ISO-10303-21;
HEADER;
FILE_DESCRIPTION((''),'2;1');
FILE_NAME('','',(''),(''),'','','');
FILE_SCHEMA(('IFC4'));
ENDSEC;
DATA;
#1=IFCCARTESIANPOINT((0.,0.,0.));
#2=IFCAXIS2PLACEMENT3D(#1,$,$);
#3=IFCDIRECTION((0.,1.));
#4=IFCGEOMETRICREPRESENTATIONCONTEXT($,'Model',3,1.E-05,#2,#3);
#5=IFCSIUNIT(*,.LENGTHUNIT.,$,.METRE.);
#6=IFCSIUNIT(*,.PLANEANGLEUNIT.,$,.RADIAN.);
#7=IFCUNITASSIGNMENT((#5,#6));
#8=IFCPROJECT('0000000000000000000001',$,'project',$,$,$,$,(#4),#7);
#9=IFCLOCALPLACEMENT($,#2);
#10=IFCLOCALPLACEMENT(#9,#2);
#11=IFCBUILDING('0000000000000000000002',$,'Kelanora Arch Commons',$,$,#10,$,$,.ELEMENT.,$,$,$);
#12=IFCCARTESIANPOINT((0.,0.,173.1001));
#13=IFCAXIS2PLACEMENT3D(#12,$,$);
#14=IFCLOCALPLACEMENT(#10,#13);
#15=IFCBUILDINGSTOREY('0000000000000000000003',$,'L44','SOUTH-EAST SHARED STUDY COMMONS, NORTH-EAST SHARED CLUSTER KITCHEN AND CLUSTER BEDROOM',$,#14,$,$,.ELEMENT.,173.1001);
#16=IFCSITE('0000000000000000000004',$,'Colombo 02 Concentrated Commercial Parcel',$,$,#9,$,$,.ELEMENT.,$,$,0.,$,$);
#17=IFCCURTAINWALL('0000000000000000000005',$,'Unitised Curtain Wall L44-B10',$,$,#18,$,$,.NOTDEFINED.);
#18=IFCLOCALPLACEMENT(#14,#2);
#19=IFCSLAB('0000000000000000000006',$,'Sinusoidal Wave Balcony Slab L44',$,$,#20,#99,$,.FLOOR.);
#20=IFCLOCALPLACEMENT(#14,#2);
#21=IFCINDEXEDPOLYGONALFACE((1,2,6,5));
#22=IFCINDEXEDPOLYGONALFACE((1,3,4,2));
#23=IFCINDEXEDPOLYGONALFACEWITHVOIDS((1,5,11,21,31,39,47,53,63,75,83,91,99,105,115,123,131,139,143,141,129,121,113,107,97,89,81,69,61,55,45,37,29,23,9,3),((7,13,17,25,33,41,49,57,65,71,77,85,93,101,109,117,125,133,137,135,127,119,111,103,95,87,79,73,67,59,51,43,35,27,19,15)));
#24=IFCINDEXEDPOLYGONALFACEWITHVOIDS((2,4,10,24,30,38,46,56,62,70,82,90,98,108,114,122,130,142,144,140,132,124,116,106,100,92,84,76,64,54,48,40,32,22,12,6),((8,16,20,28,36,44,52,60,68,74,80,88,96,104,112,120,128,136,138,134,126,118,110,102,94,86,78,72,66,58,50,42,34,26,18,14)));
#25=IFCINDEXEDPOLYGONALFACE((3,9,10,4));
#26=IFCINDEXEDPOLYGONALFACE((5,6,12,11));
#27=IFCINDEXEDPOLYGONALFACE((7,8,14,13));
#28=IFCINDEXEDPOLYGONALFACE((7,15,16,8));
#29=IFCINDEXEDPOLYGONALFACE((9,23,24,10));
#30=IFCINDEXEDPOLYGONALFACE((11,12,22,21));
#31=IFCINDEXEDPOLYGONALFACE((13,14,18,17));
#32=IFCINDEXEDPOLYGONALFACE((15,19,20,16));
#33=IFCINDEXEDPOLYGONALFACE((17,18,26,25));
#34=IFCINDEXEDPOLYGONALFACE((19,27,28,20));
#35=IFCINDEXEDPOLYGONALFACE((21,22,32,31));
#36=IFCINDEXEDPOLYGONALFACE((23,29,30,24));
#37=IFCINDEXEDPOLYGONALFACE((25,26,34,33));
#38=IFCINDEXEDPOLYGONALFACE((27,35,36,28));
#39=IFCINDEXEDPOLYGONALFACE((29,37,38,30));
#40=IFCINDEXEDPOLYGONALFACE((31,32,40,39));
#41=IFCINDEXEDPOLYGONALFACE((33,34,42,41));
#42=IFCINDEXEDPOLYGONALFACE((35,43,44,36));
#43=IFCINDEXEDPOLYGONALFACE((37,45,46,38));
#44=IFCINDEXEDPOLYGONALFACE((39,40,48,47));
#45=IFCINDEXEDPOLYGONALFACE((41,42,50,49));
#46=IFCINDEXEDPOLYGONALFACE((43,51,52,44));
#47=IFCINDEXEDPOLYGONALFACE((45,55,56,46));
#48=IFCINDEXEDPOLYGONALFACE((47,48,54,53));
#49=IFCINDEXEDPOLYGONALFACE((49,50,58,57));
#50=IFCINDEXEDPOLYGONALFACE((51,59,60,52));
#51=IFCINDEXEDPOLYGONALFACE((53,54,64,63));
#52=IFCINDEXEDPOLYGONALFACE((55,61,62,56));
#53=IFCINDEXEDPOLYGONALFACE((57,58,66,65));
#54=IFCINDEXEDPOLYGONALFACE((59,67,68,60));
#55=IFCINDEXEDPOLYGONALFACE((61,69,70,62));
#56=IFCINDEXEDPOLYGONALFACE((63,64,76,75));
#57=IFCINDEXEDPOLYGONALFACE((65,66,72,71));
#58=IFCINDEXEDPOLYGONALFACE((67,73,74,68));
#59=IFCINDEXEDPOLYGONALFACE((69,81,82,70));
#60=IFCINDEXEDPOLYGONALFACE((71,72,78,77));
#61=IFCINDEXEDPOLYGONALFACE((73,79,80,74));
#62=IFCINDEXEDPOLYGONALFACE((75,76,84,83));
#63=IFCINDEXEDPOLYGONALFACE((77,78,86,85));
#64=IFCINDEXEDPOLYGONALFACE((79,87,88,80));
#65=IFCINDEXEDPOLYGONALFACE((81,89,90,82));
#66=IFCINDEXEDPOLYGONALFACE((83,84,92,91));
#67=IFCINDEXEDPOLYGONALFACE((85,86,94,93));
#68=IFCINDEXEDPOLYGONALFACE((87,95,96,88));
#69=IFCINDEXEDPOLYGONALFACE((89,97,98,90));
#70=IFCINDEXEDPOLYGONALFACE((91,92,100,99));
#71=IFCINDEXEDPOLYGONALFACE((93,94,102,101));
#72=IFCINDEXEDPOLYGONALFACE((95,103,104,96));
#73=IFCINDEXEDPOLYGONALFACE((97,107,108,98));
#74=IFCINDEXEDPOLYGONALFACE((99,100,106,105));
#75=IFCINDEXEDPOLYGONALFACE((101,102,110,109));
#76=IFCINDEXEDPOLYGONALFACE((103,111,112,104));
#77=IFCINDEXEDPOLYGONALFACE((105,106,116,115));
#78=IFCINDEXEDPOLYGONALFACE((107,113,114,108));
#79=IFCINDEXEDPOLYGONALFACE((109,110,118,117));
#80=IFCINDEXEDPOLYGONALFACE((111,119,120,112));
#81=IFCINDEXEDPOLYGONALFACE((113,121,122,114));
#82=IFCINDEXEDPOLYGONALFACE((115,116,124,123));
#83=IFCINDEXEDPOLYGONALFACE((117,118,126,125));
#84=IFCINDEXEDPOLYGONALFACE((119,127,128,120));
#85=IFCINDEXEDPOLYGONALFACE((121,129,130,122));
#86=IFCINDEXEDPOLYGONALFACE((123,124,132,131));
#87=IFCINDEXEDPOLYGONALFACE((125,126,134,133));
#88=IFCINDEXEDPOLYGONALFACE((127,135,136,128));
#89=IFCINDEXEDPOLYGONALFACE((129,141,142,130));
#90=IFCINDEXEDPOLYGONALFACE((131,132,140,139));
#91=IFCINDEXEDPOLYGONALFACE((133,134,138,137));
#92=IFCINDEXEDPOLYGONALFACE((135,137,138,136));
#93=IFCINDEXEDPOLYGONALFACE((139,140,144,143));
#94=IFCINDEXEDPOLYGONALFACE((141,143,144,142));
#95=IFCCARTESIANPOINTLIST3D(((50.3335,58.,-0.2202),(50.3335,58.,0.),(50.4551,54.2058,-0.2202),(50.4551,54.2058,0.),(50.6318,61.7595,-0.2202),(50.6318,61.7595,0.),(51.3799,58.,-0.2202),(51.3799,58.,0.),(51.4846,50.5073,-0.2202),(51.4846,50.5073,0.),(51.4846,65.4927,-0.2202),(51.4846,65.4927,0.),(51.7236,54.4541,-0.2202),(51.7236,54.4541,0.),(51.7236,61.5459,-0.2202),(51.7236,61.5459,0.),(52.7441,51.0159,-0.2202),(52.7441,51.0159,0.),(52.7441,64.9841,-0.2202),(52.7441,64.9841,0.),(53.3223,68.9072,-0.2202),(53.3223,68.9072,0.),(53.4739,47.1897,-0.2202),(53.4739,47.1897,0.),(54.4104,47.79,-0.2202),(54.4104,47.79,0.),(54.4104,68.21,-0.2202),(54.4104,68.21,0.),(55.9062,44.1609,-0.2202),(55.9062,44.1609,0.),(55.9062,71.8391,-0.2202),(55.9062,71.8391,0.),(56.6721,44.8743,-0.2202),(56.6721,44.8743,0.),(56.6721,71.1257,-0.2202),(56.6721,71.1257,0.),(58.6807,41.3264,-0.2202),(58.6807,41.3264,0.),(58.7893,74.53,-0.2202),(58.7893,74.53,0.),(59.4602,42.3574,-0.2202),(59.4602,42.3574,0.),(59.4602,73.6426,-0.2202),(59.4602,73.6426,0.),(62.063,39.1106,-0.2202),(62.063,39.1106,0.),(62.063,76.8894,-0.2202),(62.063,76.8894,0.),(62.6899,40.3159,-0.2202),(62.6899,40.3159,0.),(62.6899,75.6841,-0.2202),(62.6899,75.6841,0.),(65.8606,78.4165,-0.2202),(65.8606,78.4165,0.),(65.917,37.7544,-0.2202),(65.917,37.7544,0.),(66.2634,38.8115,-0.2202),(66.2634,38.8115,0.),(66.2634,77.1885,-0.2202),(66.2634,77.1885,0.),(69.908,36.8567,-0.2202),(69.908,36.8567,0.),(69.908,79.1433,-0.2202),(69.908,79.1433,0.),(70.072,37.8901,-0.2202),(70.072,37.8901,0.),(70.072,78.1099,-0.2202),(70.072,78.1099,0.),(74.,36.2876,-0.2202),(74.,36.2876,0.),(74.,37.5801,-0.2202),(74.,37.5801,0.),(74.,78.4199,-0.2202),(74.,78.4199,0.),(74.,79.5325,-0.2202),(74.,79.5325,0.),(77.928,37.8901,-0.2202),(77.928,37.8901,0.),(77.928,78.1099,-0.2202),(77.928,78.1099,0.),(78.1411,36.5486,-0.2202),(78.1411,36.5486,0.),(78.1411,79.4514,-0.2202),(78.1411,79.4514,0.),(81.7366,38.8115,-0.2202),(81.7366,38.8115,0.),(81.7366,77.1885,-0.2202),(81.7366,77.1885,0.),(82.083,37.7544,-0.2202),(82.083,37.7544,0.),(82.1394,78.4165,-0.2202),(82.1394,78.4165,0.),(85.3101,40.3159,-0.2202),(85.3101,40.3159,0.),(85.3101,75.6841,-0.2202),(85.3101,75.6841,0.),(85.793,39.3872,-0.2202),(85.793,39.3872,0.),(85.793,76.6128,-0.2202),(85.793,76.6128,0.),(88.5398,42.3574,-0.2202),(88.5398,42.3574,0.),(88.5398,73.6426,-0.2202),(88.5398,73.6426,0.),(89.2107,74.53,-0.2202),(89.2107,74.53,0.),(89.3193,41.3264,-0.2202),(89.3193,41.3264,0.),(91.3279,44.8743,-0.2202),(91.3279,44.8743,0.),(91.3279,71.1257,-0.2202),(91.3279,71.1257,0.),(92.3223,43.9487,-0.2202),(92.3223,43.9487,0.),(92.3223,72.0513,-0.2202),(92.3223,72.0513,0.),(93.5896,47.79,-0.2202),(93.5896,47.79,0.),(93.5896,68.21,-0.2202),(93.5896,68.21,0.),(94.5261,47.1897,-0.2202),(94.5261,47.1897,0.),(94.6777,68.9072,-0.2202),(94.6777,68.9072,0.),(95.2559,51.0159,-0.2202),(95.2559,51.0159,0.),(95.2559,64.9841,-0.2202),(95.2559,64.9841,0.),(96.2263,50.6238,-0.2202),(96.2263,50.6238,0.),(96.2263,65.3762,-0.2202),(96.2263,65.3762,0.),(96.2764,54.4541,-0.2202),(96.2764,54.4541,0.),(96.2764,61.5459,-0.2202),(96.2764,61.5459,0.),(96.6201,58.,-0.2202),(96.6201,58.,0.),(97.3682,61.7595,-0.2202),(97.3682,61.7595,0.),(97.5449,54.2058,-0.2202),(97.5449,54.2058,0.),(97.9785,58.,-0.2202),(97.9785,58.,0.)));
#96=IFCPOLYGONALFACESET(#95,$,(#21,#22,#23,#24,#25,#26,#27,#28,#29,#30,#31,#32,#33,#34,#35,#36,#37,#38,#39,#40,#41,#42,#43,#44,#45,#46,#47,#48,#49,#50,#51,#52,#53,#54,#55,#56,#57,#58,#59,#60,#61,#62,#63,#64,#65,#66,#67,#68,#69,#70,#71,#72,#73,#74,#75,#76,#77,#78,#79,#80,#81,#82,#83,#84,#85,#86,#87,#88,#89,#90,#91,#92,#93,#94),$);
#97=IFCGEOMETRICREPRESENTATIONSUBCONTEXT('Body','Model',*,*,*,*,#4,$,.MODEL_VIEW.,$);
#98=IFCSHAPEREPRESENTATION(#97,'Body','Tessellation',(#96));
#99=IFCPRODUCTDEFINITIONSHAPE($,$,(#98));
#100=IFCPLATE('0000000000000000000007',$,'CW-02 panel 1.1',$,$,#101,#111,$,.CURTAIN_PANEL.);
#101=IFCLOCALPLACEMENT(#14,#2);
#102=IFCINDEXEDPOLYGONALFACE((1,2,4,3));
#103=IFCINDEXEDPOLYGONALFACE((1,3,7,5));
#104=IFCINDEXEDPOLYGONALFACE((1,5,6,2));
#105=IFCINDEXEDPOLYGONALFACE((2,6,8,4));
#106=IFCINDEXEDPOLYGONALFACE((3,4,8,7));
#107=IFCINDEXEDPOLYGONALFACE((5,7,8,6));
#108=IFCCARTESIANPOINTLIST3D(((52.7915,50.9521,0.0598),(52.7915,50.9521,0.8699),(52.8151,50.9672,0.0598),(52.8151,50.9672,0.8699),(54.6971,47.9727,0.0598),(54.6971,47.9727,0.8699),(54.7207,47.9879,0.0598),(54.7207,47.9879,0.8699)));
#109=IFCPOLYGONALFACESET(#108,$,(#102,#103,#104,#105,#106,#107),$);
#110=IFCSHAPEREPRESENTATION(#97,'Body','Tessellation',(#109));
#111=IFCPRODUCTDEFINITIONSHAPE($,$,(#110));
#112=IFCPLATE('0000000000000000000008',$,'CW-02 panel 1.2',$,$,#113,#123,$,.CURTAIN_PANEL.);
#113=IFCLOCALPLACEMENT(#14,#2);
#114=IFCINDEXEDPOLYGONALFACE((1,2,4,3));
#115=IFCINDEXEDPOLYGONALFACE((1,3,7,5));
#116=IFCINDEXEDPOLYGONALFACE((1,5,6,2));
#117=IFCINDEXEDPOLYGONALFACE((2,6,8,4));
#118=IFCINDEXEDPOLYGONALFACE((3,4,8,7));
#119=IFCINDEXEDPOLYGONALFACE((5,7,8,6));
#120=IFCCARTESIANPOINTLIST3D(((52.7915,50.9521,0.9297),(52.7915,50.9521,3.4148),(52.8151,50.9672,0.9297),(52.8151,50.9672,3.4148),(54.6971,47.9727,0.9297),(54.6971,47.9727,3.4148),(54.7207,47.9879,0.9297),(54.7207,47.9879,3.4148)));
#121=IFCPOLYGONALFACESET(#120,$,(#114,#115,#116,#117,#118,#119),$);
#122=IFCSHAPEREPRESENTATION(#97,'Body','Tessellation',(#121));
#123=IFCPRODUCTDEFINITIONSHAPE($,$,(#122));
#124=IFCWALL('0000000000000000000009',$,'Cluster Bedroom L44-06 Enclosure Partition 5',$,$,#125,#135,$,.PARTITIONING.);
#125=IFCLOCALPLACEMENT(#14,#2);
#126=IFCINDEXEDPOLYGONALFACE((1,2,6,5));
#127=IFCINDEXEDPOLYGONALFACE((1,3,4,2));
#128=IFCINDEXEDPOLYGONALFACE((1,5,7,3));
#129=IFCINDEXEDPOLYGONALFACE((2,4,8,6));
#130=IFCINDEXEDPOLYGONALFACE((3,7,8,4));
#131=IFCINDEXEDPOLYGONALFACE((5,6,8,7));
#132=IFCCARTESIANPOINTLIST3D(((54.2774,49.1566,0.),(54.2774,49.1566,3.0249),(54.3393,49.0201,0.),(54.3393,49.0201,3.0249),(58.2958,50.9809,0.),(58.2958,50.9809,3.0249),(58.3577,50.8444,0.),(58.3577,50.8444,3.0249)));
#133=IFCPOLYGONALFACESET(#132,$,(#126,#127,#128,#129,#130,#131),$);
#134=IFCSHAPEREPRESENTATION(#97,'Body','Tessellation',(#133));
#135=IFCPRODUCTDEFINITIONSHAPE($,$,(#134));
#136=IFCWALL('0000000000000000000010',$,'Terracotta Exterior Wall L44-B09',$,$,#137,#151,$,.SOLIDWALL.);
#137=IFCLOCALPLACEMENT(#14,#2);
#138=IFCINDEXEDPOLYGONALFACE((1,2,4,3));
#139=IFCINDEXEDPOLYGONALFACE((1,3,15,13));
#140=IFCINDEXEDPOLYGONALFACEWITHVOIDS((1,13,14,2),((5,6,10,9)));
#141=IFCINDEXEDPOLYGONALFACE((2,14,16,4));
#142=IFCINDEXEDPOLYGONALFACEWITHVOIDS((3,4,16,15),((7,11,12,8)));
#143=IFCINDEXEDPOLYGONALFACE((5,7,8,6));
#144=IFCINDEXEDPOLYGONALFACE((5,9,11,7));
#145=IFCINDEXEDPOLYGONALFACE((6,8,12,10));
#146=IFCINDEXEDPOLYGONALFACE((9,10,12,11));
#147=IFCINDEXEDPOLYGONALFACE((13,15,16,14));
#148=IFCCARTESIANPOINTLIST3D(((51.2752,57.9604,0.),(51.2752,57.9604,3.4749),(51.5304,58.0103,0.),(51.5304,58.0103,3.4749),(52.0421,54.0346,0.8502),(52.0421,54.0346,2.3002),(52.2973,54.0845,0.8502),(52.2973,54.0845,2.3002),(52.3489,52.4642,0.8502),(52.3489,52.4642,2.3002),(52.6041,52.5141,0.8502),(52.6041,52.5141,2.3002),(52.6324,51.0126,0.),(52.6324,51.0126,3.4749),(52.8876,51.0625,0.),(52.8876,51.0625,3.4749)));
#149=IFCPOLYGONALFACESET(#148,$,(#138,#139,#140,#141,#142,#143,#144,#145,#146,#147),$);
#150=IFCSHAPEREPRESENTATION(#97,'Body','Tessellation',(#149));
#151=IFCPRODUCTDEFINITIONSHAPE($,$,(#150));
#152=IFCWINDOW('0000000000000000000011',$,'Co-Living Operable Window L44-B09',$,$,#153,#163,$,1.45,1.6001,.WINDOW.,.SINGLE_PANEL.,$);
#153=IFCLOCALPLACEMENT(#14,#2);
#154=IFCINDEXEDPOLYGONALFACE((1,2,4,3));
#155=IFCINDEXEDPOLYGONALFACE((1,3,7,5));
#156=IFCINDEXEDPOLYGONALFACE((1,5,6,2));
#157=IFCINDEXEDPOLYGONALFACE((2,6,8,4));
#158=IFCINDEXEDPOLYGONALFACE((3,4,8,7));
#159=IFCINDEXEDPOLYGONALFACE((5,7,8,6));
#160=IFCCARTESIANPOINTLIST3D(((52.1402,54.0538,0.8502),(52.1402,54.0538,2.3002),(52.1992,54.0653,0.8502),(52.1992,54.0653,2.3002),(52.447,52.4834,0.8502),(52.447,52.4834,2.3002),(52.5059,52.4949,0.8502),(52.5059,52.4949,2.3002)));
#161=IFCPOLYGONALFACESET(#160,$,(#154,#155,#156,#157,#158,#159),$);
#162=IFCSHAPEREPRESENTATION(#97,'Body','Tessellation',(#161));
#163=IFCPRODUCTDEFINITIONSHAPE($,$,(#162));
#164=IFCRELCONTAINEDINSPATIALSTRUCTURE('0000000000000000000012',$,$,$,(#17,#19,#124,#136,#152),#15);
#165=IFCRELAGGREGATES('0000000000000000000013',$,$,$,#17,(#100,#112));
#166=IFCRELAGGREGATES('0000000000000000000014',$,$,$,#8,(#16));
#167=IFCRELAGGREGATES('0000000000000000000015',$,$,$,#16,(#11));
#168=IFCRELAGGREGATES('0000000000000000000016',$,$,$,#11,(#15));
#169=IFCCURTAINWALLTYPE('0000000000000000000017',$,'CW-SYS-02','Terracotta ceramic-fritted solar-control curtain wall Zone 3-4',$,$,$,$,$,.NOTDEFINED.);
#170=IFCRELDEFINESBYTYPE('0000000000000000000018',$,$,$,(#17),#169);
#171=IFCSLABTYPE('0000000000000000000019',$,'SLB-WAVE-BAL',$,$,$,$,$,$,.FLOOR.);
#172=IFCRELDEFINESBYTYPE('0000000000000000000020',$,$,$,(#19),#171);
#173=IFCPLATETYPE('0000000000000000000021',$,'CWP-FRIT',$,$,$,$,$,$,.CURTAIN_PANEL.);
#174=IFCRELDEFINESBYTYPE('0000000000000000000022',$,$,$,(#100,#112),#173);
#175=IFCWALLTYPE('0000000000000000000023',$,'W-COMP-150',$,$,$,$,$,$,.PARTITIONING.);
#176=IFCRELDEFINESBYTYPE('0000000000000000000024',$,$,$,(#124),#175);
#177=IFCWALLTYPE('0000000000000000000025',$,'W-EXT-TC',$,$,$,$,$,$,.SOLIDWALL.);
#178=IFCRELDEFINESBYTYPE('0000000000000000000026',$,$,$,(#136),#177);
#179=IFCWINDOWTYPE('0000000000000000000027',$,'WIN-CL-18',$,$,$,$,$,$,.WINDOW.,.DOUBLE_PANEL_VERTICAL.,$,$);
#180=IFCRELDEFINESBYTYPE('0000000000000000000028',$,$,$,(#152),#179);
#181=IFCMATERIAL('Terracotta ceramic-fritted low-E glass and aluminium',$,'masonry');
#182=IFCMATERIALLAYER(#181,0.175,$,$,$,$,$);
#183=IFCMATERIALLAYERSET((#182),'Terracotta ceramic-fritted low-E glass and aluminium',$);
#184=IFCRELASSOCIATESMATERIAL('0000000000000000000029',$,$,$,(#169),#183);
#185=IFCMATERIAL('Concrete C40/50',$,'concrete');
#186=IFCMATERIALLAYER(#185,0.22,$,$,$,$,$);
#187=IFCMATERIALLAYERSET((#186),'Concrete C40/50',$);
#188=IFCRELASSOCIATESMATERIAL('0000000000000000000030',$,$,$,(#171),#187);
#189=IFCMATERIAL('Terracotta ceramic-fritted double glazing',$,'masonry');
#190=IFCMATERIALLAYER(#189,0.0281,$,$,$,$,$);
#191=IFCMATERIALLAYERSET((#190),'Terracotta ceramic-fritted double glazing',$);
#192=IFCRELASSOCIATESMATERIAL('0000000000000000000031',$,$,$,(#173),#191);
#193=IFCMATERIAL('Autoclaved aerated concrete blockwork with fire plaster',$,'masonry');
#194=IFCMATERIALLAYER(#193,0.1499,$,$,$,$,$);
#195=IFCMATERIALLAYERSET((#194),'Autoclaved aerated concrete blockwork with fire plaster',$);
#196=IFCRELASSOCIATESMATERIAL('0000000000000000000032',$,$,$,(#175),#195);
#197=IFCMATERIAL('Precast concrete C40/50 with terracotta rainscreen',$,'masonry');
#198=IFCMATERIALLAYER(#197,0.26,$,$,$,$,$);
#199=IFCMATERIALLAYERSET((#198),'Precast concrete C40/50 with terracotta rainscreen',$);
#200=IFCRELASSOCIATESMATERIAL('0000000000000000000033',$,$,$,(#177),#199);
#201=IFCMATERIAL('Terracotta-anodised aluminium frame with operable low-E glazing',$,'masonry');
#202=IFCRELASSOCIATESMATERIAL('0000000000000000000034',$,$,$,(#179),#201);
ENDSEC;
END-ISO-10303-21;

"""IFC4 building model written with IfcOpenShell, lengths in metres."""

from ifc_helpers import new_model, si_unit, direction, frame, frame_2d, origin, origin_2d, place, context, subcontext, project, spatial, polyline, rectangle, outline, extrude, source, transform, mapped, material, layer, layer_set, type_object, element, fill, aggregate, save


model = new_model("IFC4")

# Units and contexts
model_context = context("Model", 3, precision=1e-05, world=origin(), true_north=direction((0.0, 1.0)))
body_context = subcontext(model_context, "Body", "Model", "MODEL_VIEW")
ifc_project = project(units=[si_unit("LENGTHUNIT", "METRE"), si_unit("PLANEANGLEUNIT", "RADIAN")], contexts=[model_context])

# Site, building, storey
site_placement = place(None, origin())
site = spatial("IfcSite", under=ifc_project, at=site_placement, Name="Colombo 02 Concentrated Commercial Parcel", CompositionType="ELEMENT", RefElevation=0.0)
building_placement = place(site_placement, origin())
building = spatial("IfcBuilding", under=site, at=building_placement, Name="Kelanora Arch Commons", CompositionType="ELEMENT")
storey_placement = place(building_placement, frame((0.0, 0.0, 173.1001)))
storey = spatial("IfcBuildingStorey", under=building, at=storey_placement, Name="L44", Description="SOUTH-EAST SHARED STUDY COMMONS, NORTH-EAST SHARED CLUSTER KITCHEN AND CLUSTER BEDROOM", CompositionType="ELEMENT", Elevation=173.1001)

# Shared definitions
ifc_material_1 = material(Name="Terracotta ceramic-fritted low-E glass and aluminium", Category="masonry")
ifc_layer_1 = layer(ifc_material_1, 0.175)
ifc_layer_set_1 = layer_set([ifc_layer_1], Name="Terracotta ceramic-fritted low-E glass and aluminium")
curtain_wall_type = type_object("IfcCurtainWallType", Name="CW-SYS-02", Description="Terracotta ceramic-fritted solar-control curtain wall Zone 3-4", PredefinedType="NOTDEFINED", material=ifc_layer_set_1)

# Curtain wall
curtain_wall_1_placement = place(storey_placement, origin())
curtain_wall_1 = element("IfcCurtainWall", 1, at=curtain_wall_1_placement, inside=storey, type_object=curtain_wall_type, Name="Unitised Curtain Wall L44-B10", PredefinedType="NOTDEFINED")

# Shared definitions
ifc_material_2 = material(Name="Concrete C40/50", Category="concrete")

# Slab
ifc_layer_2 = layer(ifc_material_2, 0.22)
ifc_layer_set_2 = layer_set([ifc_layer_2], Name="Concrete C40/50")
slab_type_1 = type_object("IfcSlabType", Name="SLB-WAVE-BAL", PredefinedType="FLOOR", material=ifc_layer_set_2)
slab_1_placement = place(storey_placement, frame((0.0, 0.0, -0.2202)))
element("IfcSlab", 2, at=slab_1_placement, inside=storey, type_object=slab_type_1, Name="Sinusoidal Wave Balcony Slab L44", PredefinedType="FLOOR", context=body_context, shape_type="SweptSolid", body=[
    extrude(outline(polyline([(97.9785, 58.0), (97.3682, 61.7595), (96.2263, 65.3762), (94.6777, 68.9072), (92.3223, 72.0513), (89.2107, 74.53), (85.793, 76.6128), (82.1394, 78.4165), (78.1411, 79.4514), (74.0, 79.5325), (69.908, 79.1433), (65.8606, 78.4165), (62.063, 76.8894), (58.7893, 74.53), (55.9062, 71.8391), (53.3223, 68.9072), (51.4846, 65.4927), (50.6318, 61.7595), (50.3335, 58.0), (50.4551, 54.2058), (51.4846, 50.5073), (53.4739, 47.1897), (55.9062, 44.1609), (58.6807, 41.3264), (62.063, 39.1106), (65.917, 37.7544), (69.908, 36.8567), (74.0, 36.2876), (78.1411, 36.5486), (82.083, 37.7544), (85.793, 39.3872), (89.3193, 41.3264), (92.3223, 43.9487), (94.5261, 47.1897), (96.2263, 50.6238), (97.5449, 54.2058), (97.9785, 58.0)]), holes=[polyline([(96.2764, 54.4541), (95.2559, 51.0159), (93.5896, 47.79), (91.3279, 44.8743), (88.5398, 42.3574), (85.3101, 40.3159), (81.7366, 38.8115), (77.928, 37.8901), (74.0, 37.5801), (70.072, 37.8901), (66.2634, 38.8115), (62.6899, 40.3159), (59.4602, 42.3574), (56.6721, 44.8743), (54.4104, 47.79), (52.7441, 51.0159), (51.7236, 54.4541), (51.3799, 58.0), (51.7236, 61.5459), (52.7441, 64.9841), (54.4104, 68.21), (56.6721, 71.1257), (59.4602, 73.6426), (62.6899, 75.6841), (66.2634, 77.1885), (70.072, 78.1099), (74.0, 78.4199), (77.928, 78.1099), (81.7366, 77.1885), (85.3101, 75.6841), (88.5398, 73.6426), (91.3279, 71.1257), (93.5896, 68.21), (95.2559, 64.9841), (96.2764, 61.5459), (96.6201, 58.0), (96.2764, 54.4541)])]), origin(), (0.0, 0.0, 1.0), 0.2202),
])

# Plates
ifc_material_3 = material(Name="Terracotta ceramic-fritted double glazing", Category="masonry")
ifc_layer_3 = layer(ifc_material_3, 0.0281)
ifc_layer_set_3 = layer_set([ifc_layer_3], Name="Terracotta ceramic-fritted double glazing")
plate_type = type_object("IfcPlateType", Name="CWP-FRIT", PredefinedType="CURTAIN_PANEL", material=ifc_layer_set_3)
shared_shape_1 = source(origin(), body_context, "Body", "SweptSolid", [
    extrude(rectangle(XDim=3.5366, YDim=0.0281, at=origin_2d()), origin(), (0.0, 0.0, 1.0), 0.8101),
])
plate_1_placement = place(storey_placement, frame((53.7561, 49.47, 0.0598), z_axis=(0.0, 0.0, 1.0), x_axis=(0.538817, -0.842423, 0.0)))
plate_1 = element("IfcPlate", 3, at=plate_1_placement, type_object=plate_type, Name="CW-02 panel 1.1", PredefinedType="CURTAIN_PANEL", context=body_context, shape_type="MappedRepresentation", body=[
    mapped(shared_shape_1, transform((0.0, 0.0, 0.0), scale=1.0)),
])
shared_shape_2 = source(origin(), body_context, "Body", "SweptSolid", [
    extrude(rectangle(XDim=3.5366, YDim=0.0281, at=origin_2d()), origin(), (0.0, 0.0, 1.0), 2.4851),
])
plate_2_placement = place(storey_placement, frame((53.7561, 49.47, 0.9297), z_axis=(0.0, 0.0, 1.0), x_axis=(0.538817, -0.842423, 0.0)))
plate_2 = element("IfcPlate", 4, at=plate_2_placement, type_object=plate_type, Name="CW-02 panel 1.2", PredefinedType="CURTAIN_PANEL", context=body_context, shape_type="MappedRepresentation", body=[
    mapped(shared_shape_2, transform((0.0, 0.0, 0.0), scale=1.0)),
])
aggregate(curtain_wall_1, [plate_1, plate_2])

# Wall
ifc_material_4 = material(Name="Autoclaved aerated concrete blockwork with fire plaster", Category="masonry")
ifc_layer_4 = layer(ifc_material_4, 0.1499)
ifc_layer_set_4 = layer_set([ifc_layer_4], Name="Autoclaved aerated concrete blockwork with fire plaster")
wall_type_1 = type_object("IfcWallType", Name="W-COMP-150", PredefinedType="PARTITIONING", material=ifc_layer_set_4)
wall_1_placement = place(storey_placement, frame((54.3083, 49.0884, 0.0), z_axis=(0.0, 0.0, 1.0), x_axis=(0.910562, 0.413374, 0.0)))
element("IfcWall", 5, at=wall_1_placement, inside=storey, type_object=wall_type_1, Name="Cluster Bedroom L44-06 Enclosure Partition 5", PredefinedType="PARTITIONING", context=body_context, shape_type="SweptSolid", body=[
    extrude(rectangle(XDim=4.4131, YDim=0.1499, at=frame_2d((2.2065, 0.0))), origin(), (0.0, 0.0, 1.0), 3.0249),
])

# Wall, opening, window
ifc_material_5 = material(Name="Precast concrete C40/50 with terracotta rainscreen", Category="masonry")
ifc_layer_5 = layer(ifc_material_5, 0.26)
ifc_layer_set_5 = layer_set([ifc_layer_5], Name="Precast concrete C40/50 with terracotta rainscreen")
wall_type_2 = type_object("IfcWallType", Name="W-EXT-TC", PredefinedType="SOLIDWALL", material=ifc_layer_set_5)
wall_2_placement = place(storey_placement, frame((51.4028, 57.9854, 0.0), z_axis=(0.0, 0.0, 1.0), x_axis=(0.191717, -0.98145, 0.0)))
wall_2 = element("IfcWall", 6, at=wall_2_placement, inside=storey, type_object=wall_type_2, Name="Terracotta Exterior Wall L44-B09", PredefinedType="SOLIDWALL", context=body_context, shape_type="SweptSolid", body=[
    extrude(rectangle(XDim=7.0791, YDim=0.26, at=frame_2d((3.5396, 0.0))), origin(), (0.0, 0.0, 1.0), 3.4749),
])
opening_placement = place(wall_2_placement, frame((4.0, 0.0, 0.8501)))
opening = element("IfcOpeningElement", 7, at=opening_placement, cuts=wall_2, PredefinedType="OPENING", context=body_context, shape_type="SweptSolid", body=[
    extrude(rectangle(XDim=1.6001, YDim=1.45, at=frame_2d((0.8, 0.7251))), frame((0.0, 0.1401, 0.0), z_axis=(0.0, -1.0, 0.0), x_axis=(1.0, 0.0, 0.0)), (0.0, 0.0, 1.0), 0.28),
])
ifc_material_6 = material(Name="Terracotta-anodised aluminium frame with operable low-E glazing", Category="masonry")
window_type = type_object("IfcWindowType", Name="WIN-CL-18", PartitioningType="DOUBLE_PANEL_VERTICAL", PredefinedType="WINDOW", material=ifc_material_6)
window_placement = place(opening_placement, origin())
window = element("IfcWindow", 8, at=window_placement, inside=storey, type_object=window_type, Name="Co-Living Operable Window L44-B09", OverallHeight=1.45, OverallWidth=1.6001, PartitioningType="SINGLE_PANEL", PredefinedType="WINDOW", context=body_context, shape_type="SweptSolid", body=[
    extrude(rectangle(XDim=1.6001, YDim=1.45, at=frame_2d((0.8, 0.7251))), frame((0.0, 0.03, 0.0), z_axis=(0.0, -1.0, 0.0), x_axis=(1.0, 0.0, 0.0)), (0.0, 0.0, 1.0), 0.0601),
])
fill(opening, window)

save(model, "model.ifc")
